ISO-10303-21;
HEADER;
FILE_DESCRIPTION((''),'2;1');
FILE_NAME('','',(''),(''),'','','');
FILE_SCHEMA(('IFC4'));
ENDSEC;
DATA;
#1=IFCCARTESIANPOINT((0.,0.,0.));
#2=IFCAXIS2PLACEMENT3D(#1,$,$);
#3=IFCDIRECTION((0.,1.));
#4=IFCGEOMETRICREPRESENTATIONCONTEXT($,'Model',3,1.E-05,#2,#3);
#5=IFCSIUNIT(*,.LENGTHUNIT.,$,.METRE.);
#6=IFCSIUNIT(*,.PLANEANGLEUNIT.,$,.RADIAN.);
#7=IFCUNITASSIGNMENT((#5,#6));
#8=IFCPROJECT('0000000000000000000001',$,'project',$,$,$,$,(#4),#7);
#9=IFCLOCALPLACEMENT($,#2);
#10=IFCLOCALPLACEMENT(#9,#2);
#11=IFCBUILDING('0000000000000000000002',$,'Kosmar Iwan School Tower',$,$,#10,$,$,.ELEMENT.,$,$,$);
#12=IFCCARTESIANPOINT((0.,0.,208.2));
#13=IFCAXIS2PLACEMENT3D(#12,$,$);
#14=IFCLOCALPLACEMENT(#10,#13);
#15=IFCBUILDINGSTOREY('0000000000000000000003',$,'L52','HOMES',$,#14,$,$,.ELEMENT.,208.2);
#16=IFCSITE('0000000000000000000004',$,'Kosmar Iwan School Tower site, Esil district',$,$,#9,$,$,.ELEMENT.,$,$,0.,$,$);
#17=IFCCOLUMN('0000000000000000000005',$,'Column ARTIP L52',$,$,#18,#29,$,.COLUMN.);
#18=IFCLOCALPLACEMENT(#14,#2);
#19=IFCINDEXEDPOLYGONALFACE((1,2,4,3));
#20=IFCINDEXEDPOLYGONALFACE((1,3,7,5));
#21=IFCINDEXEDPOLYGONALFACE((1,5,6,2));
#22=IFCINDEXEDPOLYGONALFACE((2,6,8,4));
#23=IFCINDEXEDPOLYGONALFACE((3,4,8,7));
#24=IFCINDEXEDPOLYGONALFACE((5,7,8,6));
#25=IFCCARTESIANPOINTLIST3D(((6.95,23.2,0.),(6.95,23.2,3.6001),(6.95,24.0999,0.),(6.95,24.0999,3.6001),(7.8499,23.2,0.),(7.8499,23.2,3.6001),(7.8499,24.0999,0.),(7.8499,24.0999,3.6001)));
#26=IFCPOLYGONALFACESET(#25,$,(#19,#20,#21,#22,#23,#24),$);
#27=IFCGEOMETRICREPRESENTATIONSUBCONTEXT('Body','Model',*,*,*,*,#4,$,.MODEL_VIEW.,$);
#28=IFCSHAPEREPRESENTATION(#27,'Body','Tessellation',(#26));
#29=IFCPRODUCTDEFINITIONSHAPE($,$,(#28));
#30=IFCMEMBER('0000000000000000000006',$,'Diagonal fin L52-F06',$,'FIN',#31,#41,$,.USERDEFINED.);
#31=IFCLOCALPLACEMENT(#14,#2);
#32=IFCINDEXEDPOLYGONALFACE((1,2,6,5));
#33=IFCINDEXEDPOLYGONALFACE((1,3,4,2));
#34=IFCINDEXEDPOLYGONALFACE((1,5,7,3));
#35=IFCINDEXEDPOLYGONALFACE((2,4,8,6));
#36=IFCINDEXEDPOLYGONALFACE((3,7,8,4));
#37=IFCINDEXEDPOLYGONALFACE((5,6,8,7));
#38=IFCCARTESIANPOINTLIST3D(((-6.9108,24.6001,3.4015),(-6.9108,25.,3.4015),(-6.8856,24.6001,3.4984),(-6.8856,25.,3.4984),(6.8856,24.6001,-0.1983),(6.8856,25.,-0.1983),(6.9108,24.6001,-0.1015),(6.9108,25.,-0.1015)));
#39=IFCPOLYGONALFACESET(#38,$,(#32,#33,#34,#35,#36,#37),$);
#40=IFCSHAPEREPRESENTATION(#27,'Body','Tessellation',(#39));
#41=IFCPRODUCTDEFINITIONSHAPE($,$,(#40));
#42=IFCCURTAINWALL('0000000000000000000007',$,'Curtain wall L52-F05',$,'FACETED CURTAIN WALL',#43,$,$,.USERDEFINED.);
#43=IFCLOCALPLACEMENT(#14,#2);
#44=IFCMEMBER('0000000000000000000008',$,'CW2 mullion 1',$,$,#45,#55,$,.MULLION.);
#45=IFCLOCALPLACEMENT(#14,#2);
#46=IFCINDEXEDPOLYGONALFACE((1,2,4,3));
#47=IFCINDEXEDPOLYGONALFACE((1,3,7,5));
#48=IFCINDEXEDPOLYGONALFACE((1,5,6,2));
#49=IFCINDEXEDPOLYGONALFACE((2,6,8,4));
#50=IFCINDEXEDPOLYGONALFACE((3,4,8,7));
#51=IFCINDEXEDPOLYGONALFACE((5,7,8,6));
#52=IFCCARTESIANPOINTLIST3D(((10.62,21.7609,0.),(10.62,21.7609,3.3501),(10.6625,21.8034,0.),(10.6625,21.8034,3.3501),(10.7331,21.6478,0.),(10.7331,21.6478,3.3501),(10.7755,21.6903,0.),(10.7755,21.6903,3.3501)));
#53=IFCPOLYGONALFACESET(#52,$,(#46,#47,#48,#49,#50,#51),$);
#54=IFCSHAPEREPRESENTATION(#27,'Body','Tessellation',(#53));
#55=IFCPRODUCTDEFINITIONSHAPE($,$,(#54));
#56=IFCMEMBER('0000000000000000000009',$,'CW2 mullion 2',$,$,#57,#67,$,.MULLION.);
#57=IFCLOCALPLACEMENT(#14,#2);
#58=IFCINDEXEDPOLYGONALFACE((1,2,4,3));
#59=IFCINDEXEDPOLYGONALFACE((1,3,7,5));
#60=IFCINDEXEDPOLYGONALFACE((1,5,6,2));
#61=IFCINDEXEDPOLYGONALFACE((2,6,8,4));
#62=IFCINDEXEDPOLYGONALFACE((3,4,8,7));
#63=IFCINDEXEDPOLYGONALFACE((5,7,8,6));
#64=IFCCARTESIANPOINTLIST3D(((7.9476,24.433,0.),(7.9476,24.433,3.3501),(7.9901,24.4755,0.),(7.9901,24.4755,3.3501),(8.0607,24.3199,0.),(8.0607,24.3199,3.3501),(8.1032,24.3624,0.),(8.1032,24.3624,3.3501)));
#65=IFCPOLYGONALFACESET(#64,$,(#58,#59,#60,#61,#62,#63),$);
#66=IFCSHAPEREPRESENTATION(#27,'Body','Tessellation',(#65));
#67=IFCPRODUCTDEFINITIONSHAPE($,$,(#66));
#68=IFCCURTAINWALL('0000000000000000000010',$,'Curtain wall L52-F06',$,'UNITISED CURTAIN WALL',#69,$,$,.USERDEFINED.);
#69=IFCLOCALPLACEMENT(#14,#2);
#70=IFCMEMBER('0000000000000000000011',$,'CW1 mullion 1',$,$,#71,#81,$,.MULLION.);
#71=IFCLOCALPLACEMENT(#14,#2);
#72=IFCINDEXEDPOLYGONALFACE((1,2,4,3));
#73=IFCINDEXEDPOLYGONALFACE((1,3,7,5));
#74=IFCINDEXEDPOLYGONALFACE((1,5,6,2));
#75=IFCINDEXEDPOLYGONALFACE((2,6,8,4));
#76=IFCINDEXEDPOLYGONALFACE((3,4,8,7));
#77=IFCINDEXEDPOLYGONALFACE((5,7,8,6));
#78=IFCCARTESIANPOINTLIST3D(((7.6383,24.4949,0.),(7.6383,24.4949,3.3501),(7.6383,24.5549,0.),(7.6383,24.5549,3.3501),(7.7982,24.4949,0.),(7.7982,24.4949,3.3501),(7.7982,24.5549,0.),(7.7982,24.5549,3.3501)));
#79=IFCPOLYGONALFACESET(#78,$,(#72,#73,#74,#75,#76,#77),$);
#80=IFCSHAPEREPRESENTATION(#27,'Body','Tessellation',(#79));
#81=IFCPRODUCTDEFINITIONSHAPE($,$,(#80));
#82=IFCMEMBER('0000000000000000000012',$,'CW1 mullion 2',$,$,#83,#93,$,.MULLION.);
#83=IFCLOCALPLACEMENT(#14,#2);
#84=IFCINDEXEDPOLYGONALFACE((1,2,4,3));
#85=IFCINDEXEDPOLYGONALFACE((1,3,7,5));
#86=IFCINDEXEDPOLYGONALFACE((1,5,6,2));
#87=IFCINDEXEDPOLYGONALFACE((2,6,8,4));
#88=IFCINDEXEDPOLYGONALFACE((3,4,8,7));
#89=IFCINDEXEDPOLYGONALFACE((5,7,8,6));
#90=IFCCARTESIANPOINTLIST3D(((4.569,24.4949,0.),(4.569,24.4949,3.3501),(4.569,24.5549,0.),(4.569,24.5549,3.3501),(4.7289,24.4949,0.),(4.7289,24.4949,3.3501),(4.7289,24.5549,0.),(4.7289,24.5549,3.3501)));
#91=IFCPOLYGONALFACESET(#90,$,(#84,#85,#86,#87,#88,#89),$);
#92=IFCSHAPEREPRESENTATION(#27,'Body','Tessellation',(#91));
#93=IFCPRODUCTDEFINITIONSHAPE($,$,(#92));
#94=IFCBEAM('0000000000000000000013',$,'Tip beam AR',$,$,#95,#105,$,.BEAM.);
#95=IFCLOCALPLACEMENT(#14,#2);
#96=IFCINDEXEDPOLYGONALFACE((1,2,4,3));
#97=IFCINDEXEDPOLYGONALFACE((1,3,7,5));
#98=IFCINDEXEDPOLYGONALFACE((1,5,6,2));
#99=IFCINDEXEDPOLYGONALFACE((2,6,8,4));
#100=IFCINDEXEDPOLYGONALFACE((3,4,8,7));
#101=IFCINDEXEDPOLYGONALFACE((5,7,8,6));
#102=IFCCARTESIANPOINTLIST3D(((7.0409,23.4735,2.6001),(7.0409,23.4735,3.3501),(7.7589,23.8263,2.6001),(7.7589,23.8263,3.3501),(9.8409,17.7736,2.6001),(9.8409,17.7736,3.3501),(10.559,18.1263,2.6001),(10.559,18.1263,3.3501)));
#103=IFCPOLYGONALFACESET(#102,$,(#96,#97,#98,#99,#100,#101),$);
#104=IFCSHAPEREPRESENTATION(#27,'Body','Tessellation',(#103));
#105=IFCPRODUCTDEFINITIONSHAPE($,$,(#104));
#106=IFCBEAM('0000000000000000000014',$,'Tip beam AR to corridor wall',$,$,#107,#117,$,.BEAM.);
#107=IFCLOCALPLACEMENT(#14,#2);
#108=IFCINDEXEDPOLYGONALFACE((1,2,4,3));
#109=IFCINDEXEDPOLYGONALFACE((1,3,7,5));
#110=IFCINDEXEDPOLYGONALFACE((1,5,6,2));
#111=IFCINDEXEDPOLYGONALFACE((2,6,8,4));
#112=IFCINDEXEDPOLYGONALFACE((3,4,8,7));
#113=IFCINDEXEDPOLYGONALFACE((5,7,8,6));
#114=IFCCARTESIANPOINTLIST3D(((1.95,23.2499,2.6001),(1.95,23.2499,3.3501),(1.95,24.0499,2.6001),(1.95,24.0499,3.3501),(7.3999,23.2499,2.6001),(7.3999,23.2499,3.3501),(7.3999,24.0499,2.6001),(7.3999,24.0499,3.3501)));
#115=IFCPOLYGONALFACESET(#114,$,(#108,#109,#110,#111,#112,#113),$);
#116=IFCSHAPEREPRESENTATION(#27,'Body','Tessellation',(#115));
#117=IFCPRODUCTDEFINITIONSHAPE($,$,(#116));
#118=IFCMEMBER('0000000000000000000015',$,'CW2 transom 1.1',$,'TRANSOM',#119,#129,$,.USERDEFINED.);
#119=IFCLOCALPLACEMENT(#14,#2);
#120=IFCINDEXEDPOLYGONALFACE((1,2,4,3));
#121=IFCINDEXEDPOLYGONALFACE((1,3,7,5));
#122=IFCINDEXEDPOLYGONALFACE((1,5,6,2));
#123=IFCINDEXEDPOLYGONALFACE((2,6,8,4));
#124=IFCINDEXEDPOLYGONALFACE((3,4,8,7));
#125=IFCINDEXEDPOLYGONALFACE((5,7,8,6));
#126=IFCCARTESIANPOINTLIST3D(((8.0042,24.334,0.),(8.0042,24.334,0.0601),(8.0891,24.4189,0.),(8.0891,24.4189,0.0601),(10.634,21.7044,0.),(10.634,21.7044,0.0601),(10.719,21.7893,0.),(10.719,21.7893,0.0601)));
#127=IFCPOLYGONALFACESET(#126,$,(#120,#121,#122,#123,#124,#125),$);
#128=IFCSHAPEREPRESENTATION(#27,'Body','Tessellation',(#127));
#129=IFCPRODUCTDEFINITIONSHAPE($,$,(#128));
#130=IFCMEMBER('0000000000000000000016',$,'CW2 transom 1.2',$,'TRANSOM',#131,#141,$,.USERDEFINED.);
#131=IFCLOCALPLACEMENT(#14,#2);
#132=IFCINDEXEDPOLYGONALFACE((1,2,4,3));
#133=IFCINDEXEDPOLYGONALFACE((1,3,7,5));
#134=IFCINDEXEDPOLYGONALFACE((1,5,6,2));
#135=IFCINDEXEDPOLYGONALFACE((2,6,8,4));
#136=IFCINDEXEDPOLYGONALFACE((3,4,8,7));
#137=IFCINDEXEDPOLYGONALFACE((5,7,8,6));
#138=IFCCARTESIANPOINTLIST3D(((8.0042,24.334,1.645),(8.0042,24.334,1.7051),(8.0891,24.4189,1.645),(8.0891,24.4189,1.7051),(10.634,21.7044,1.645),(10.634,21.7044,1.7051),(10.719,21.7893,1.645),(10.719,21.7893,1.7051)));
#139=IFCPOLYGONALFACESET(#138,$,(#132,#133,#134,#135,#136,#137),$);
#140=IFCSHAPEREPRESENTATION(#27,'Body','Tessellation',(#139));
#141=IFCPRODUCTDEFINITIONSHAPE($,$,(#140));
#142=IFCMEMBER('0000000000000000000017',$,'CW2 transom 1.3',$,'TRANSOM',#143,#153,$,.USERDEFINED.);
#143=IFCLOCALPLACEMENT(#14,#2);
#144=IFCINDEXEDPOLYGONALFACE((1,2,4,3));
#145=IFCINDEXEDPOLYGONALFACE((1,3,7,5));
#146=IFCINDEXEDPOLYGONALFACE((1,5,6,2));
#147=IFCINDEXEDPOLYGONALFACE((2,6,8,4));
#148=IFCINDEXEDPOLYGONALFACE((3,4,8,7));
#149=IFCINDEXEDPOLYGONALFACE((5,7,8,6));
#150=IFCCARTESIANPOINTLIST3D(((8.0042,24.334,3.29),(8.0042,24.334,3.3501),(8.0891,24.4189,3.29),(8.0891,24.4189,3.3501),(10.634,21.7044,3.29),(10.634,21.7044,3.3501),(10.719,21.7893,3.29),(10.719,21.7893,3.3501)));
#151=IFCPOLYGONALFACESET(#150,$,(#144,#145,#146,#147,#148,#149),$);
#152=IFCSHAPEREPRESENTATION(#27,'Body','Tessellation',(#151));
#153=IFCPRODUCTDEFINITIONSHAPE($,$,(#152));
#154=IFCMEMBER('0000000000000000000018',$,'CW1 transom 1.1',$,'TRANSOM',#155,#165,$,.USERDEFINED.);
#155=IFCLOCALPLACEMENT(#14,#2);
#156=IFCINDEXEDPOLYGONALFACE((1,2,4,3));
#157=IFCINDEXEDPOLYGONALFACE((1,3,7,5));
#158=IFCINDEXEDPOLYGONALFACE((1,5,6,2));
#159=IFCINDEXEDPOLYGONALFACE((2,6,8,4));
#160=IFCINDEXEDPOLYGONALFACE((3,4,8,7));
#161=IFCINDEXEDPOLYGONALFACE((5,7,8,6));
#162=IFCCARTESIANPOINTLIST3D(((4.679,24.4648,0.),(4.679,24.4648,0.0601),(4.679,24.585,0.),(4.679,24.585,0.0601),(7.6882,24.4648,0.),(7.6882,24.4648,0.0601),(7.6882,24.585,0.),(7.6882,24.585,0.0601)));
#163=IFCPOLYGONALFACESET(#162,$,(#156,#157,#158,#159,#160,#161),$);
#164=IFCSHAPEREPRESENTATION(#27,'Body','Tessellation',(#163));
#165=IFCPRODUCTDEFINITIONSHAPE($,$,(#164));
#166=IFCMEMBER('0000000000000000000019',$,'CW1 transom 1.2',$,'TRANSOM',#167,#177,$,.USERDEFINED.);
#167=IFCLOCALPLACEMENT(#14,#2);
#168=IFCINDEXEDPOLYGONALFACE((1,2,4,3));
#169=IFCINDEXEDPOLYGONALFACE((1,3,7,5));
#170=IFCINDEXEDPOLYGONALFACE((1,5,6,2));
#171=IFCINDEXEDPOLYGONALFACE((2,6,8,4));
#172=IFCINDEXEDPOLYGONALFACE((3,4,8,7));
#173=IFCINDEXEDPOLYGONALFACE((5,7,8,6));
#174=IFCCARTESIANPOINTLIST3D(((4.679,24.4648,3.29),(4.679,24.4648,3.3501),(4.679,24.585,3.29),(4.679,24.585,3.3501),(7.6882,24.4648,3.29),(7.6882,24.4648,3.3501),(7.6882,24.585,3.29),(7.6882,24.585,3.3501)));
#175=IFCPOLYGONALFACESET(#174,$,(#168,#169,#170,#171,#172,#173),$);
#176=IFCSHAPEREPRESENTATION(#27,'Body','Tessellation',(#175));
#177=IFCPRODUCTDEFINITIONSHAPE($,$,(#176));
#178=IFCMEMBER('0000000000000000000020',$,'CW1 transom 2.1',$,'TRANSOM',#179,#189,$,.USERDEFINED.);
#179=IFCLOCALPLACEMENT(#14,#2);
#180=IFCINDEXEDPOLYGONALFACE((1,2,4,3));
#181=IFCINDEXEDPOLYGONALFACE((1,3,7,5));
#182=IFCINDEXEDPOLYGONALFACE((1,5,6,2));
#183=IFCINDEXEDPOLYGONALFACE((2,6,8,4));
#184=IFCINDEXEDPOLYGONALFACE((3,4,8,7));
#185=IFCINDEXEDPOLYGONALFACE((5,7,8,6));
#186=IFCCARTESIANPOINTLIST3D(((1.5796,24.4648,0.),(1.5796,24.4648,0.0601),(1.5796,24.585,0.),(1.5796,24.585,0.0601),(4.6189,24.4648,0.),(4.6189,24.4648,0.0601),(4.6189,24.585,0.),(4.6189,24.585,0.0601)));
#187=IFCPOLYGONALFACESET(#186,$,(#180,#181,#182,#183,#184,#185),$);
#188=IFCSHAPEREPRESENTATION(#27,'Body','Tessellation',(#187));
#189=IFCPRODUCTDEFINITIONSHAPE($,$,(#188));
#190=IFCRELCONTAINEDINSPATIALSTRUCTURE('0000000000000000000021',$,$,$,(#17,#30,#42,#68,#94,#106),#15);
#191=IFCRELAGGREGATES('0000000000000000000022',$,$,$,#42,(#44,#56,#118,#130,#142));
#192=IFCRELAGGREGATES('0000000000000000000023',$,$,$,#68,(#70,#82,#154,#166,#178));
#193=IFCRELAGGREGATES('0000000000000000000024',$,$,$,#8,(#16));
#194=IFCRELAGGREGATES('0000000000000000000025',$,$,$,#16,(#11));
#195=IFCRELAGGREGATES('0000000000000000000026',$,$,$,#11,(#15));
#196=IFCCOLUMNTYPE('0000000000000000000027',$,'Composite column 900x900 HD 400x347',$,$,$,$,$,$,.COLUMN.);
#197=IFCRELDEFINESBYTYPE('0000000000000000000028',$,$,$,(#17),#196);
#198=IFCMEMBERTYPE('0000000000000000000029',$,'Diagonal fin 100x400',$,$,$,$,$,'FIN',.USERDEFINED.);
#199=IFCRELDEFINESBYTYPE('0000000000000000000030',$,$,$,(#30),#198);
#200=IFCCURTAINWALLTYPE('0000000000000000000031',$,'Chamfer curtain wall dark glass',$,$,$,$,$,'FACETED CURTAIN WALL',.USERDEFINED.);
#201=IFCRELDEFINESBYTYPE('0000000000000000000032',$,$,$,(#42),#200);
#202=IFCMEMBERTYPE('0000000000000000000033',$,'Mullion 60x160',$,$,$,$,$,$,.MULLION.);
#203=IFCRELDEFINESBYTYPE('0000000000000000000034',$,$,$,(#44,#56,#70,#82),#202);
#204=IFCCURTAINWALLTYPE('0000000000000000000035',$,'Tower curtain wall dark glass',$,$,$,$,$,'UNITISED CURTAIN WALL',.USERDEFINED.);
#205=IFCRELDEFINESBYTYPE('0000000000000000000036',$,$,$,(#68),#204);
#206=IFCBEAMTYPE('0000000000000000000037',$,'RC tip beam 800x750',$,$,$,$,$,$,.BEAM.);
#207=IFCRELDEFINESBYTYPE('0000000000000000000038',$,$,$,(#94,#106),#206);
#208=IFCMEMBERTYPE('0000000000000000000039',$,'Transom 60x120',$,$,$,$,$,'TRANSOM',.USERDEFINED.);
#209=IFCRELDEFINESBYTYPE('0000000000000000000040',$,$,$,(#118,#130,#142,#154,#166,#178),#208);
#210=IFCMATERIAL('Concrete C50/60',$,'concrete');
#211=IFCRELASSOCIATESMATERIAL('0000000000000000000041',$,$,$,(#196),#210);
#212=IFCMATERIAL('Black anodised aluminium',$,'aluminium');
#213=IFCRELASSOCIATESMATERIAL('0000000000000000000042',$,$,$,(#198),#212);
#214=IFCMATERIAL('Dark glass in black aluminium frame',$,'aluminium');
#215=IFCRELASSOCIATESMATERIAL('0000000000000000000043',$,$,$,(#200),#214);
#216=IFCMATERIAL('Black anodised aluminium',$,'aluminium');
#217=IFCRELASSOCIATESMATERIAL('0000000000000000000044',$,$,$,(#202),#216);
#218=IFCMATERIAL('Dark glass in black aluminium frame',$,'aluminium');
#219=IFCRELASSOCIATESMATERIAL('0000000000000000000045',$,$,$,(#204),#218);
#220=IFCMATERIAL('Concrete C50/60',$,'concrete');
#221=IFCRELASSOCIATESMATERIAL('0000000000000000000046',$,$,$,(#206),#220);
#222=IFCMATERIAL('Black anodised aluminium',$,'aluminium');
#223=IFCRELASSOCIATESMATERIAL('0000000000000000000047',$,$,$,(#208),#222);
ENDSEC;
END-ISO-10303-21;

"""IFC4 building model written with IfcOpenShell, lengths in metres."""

from ifc_helpers import new_model, si_unit, direction, frame, origin, origin_2d, place, context, subcontext, project, spatial, rectangle, extrude, material, material_profile, profile_set, type_object, element, aggregate, save


model = new_model("IFC4")

# Units and contexts
model_context = context("Model", 3, precision=1e-05, world=origin(), true_north=direction((0.0, 1.0)))
body_context = subcontext(model_context, "Body", "Model", "MODEL_VIEW")
ifc_project = project(units=[si_unit("LENGTHUNIT", "METRE"), si_unit("PLANEANGLEUNIT", "RADIAN")], contexts=[model_context])

# Site, building, storey
site_placement = place(None, origin())
site = spatial("IfcSite", under=ifc_project, at=site_placement, Name="Kosmar Iwan School Tower site, Esil district", CompositionType="ELEMENT", RefElevation=0.0)
building_placement = place(site_placement, origin())
building = spatial("IfcBuilding", under=site, at=building_placement, Name="Kosmar Iwan School Tower", CompositionType="ELEMENT")
storey_placement = place(building_placement, frame((0.0, 0.0, 208.2)))
storey = spatial("IfcBuildingStorey", under=building, at=storey_placement, Name="L52", Description="HOMES", CompositionType="ELEMENT", Elevation=208.2)

# Column
ifc_material_1 = material(Name="Concrete C50/60", Category="concrete")
ifc_material_profile_1 = material_profile(ifc_material_1, rectangle(XDim=0.8999, YDim=0.8999, at=origin_2d()), Name="RC 900x900 + HD 400x347")
ifc_profile_set_1 = profile_set([ifc_material_profile_1], Name="Concrete C50/60")
column_type = type_object("IfcColumnType", Name="Composite column 900x900 HD 400x347", PredefinedType="COLUMN", material=ifc_profile_set_1)
column_placement = place(storey_placement, frame((7.3999, 23.6499, 0.0), z_axis=(0.0, 0.0, 1.0), x_axis=(0.0, 1.0, 0.0)))
element("IfcColumn", 1, at=column_placement, inside=storey, type_object=column_type, Name="Column ARTIP L52", PredefinedType="COLUMN", context=body_context, shape_type="SweptSolid", body=[
    extrude(rectangle(XDim=0.8999, YDim=0.8999, at=origin_2d()), origin(), (0.0, 0.0, 1.0), 3.6001),
])

# Member
ifc_material_2 = material(Name="Black anodised aluminium", Category="aluminium")
ifc_material_profile_2 = material_profile(ifc_material_2, rectangle(XDim=0.1001, YDim=0.3999, at=origin_2d()), Name="FIN 100x400")
ifc_profile_set_2 = profile_set([ifc_material_profile_2], Name="Black anodised aluminium")
member_type_1 = type_object("IfcMemberType", Name="Diagonal fin 100x400", ElementType="FIN", PredefinedType="USERDEFINED", material=ifc_profile_set_2)
member_1_placement = place(storey_placement, frame((6.8982, 24.8, -0.1499), z_axis=(-0.967604, 0.0, 0.252474), x_axis=(0.252474, 0.0, 0.967604)))
element("IfcMember", 2, at=member_1_placement, inside=storey, type_object=member_type_1, Name="Diagonal fin L52-F06", ObjectType="FIN", PredefinedType="USERDEFINED", context=body_context, shape_type="SweptSolid", body=[
    extrude(rectangle(XDim=0.1001, YDim=0.3999, at=origin_2d()), origin(), (0.0, 0.0, 1.0), 14.2583),
])

# Curtain walls, members
ifc_material_3 = material(Name="Dark glass in black aluminium frame", Category="aluminium")
curtain_wall_type_1 = type_object("IfcCurtainWallType", Name="Chamfer curtain wall dark glass", ElementType="FACETED CURTAIN WALL", PredefinedType="USERDEFINED", material=ifc_material_3)
curtain_wall_1_placement = place(storey_placement, origin())
curtain_wall_1 = element("IfcCurtainWall", 3, at=curtain_wall_1_placement, inside=storey, type_object=curtain_wall_type_1, Name="Curtain wall L52-F05", ObjectType="FACETED CURTAIN WALL", PredefinedType="USERDEFINED")
ifc_material_4 = material(Name="Black anodised aluminium", Category="aluminium")
ifc_material_profile_3 = material_profile(ifc_material_4, rectangle(XDim=0.0601, YDim=0.1599, at=origin_2d()), Name="MULLION 60x160")
ifc_profile_set_3 = profile_set([ifc_material_profile_3], Name="Black anodised aluminium")
member_type_2 = type_object("IfcMemberType", Name="Mullion 60x160", PredefinedType="MULLION", material=ifc_profile_set_3)
member_2_placement = place(storey_placement, frame((10.6978, 21.7256, 0.0), z_axis=(0.0, 0.0, 1.0), x_axis=(-0.707107, -0.707107, 0.0)))
member_2 = element("IfcMember", 4, at=member_2_placement, type_object=member_type_2, Name="CW2 mullion 1", PredefinedType="MULLION", context=body_context, shape_type="SweptSolid", body=[
    extrude(rectangle(XDim=0.0601, YDim=0.1599, at=origin_2d()), origin(), (0.0, 0.0, 1.0), 3.3501),
])
member_3_placement = place(storey_placement, frame((8.0254, 24.3977, 0.0), z_axis=(0.0, 0.0, 1.0), x_axis=(-0.707107, -0.707107, 0.0)))
member_3 = element("IfcMember", 5, at=member_3_placement, type_object=member_type_2, Name="CW2 mullion 2", PredefinedType="MULLION", context=body_context, shape_type="SweptSolid", body=[
    extrude(rectangle(XDim=0.0601, YDim=0.1599, at=origin_2d()), origin(), (0.0, 0.0, 1.0), 3.3501),
])
ifc_material_5 = material(Name="Dark glass in black aluminium frame", Category="aluminium")
curtain_wall_type_2 = type_object("IfcCurtainWallType", Name="Tower curtain wall dark glass", ElementType="UNITISED CURTAIN WALL", PredefinedType="USERDEFINED", material=ifc_material_5)
curtain_wall_2_placement = place(storey_placement, origin())
curtain_wall_2 = element("IfcCurtainWall", 6, at=curtain_wall_2_placement, inside=storey, type_object=curtain_wall_type_2, Name="Curtain wall L52-F06", ObjectType="UNITISED CURTAIN WALL", PredefinedType="USERDEFINED")
member_4_placement = place(storey_placement, frame((7.7183, 24.5249, 0.0), z_axis=(0.0, 0.0, 1.0), x_axis=(0.0, -1.0, 0.0)))
member_4 = element("IfcMember", 7, at=member_4_placement, type_object=member_type_2, Name="CW1 mullion 1", PredefinedType="MULLION", context=body_context, shape_type="SweptSolid", body=[
    extrude(rectangle(XDim=0.0601, YDim=0.1599, at=origin_2d()), origin(), (0.0, 0.0, 1.0), 3.3501),
])
member_5_placement = place(storey_placement, frame((4.6489, 24.5249, 0.0), z_axis=(0.0, 0.0, 1.0), x_axis=(0.0, -1.0, 0.0)))
member_5 = element("IfcMember", 8, at=member_5_placement, type_object=member_type_2, Name="CW1 mullion 2", PredefinedType="MULLION", context=body_context, shape_type="SweptSolid", body=[
    extrude(rectangle(XDim=0.0601, YDim=0.1599, at=origin_2d()), origin(), (0.0, 0.0, 1.0), 3.3501),
])

# Beams
ifc_material_6 = material(Name="Concrete C50/60", Category="concrete")
ifc_material_profile_4 = material_profile(ifc_material_6, rectangle(XDim=0.8, YDim=0.75, at=origin_2d()), Name="RC 800x750")
ifc_profile_set_4 = profile_set([ifc_material_profile_4], Name="Concrete C50/60")
beam_type = type_object("IfcBeamType", Name="RC tip beam 800x750", PredefinedType="BEAM", material=ifc_profile_set_4)
beam_1_placement = place(storey_placement, frame((10.2, 17.95, 2.9751), z_axis=(-0.440913, 0.89755, 0.0), x_axis=(-0.89755, -0.440913, 0.0)))
element("IfcBeam", 9, at=beam_1_placement, inside=storey, type_object=beam_type, Name="Tip beam AR", PredefinedType="BEAM", context=body_context, shape_type="SweptSolid", body=[
    extrude(rectangle(XDim=0.8, YDim=0.75, at=origin_2d()), origin(), (0.0, 0.0, 1.0), 6.3506),
])
beam_2_placement = place(storey_placement, frame((7.3999, 23.6499, 2.9751), z_axis=(-1.0, 0.0, 0.0), x_axis=(0.0, -1.0, 0.0)))
element("IfcBeam", 10, at=beam_2_placement, inside=storey, type_object=beam_type, Name="Tip beam AR to corridor wall", PredefinedType="BEAM", context=body_context, shape_type="SweptSolid", body=[
    extrude(rectangle(XDim=0.8, YDim=0.75, at=origin_2d()), origin(), (0.0, 0.0, 1.0), 5.45),
])

# Members
ifc_material_7 = material(Name="Black anodised aluminium", Category="aluminium")
ifc_material_profile_5 = material_profile(ifc_material_7, rectangle(XDim=0.1201, YDim=0.0601, at=origin_2d()), Name="TRANSOM 60x120")
ifc_profile_set_5 = profile_set([ifc_material_profile_5], Name="Black anodised aluminium")
member_type_3 = type_object("IfcMemberType", Name="Transom 60x120", ElementType="TRANSOM", PredefinedType="USERDEFINED", material=ifc_profile_set_5)
member_6_placement = place(storey_placement, frame((10.6765, 21.7468, 0.03), z_axis=(-0.70714, 0.707074, 0.0), x_axis=(-0.707074, -0.70714, 0.0)))
member_6 = element("IfcMember", 11, at=member_6_placement, type_object=member_type_3, Name="CW2 transom 1.1", ObjectType="TRANSOM", PredefinedType="USERDEFINED", context=body_context, shape_type="SweptSolid", body=[
    extrude(rectangle(XDim=0.1201, YDim=0.0601, at=origin_2d()), origin(), (0.0, 0.0, 1.0), 3.719),
])
member_7_placement = place(storey_placement, frame((10.6765, 21.7468, 1.675), z_axis=(-0.70714, 0.707074, 0.0), x_axis=(-0.707074, -0.70714, 0.0)))
member_7 = element("IfcMember", 12, at=member_7_placement, type_object=member_type_3, Name="CW2 transom 1.2", ObjectType="TRANSOM", PredefinedType="USERDEFINED", context=body_context, shape_type="SweptSolid", body=[
    extrude(rectangle(XDim=0.1201, YDim=0.0601, at=origin_2d()), origin(), (0.0, 0.0, 1.0), 3.719),
])
member_8_placement = place(storey_placement, frame((10.6765, 21.7468, 3.3201), z_axis=(-0.70714, 0.707074, 0.0), x_axis=(-0.707074, -0.70714, 0.0)))
member_8 = element("IfcMember", 13, at=member_8_placement, type_object=member_type_3, Name="CW2 transom 1.3", ObjectType="TRANSOM", PredefinedType="USERDEFINED", context=body_context, shape_type="SweptSolid", body=[
    extrude(rectangle(XDim=0.1201, YDim=0.0601, at=origin_2d()), origin(), (0.0, 0.0, 1.0), 3.719),
])
member_9_placement = place(storey_placement, frame((7.6882, 24.5249, 0.03), z_axis=(-1.0, 0.0, 0.0), x_axis=(0.0, -1.0, 0.0)))
member_9 = element("IfcMember", 14, at=member_9_placement, type_object=member_type_3, Name="CW1 transom 1.1", ObjectType="TRANSOM", PredefinedType="USERDEFINED", context=body_context, shape_type="SweptSolid", body=[
    extrude(rectangle(XDim=0.1201, YDim=0.0601, at=origin_2d()), origin(), (0.0, 0.0, 1.0), 3.0093),
])
member_10_placement = place(storey_placement, frame((7.6882, 24.5249, 3.3201), z_axis=(-1.0, 0.0, 0.0), x_axis=(0.0, -1.0, 0.0)))
member_10 = element("IfcMember", 15, at=member_10_placement, type_object=member_type_3, Name="CW1 transom 1.2", ObjectType="TRANSOM", PredefinedType="USERDEFINED", context=body_context, shape_type="SweptSolid", body=[
    extrude(rectangle(XDim=0.1201, YDim=0.0601, at=origin_2d()), origin(), (0.0, 0.0, 1.0), 3.0093),
])
member_11_placement = place(storey_placement, frame((4.6189, 24.5249, 0.03), z_axis=(-1.0, 0.0, 0.0), x_axis=(0.0, -1.0, 0.0)))
member_11 = element("IfcMember", 16, at=member_11_placement, type_object=member_type_3, Name="CW1 transom 2.1", ObjectType="TRANSOM", PredefinedType="USERDEFINED", context=body_context, shape_type="SweptSolid", body=[
    extrude(rectangle(XDim=0.1201, YDim=0.0601, at=origin_2d()), origin(), (0.0, 0.0, 1.0), 3.0393),
])

aggregate(curtain_wall_1, [member_2, member_3, member_6, member_7, member_8])
aggregate(curtain_wall_2, [member_4, member_5, member_9, member_10, member_11])

save(model, "model.ifc")
